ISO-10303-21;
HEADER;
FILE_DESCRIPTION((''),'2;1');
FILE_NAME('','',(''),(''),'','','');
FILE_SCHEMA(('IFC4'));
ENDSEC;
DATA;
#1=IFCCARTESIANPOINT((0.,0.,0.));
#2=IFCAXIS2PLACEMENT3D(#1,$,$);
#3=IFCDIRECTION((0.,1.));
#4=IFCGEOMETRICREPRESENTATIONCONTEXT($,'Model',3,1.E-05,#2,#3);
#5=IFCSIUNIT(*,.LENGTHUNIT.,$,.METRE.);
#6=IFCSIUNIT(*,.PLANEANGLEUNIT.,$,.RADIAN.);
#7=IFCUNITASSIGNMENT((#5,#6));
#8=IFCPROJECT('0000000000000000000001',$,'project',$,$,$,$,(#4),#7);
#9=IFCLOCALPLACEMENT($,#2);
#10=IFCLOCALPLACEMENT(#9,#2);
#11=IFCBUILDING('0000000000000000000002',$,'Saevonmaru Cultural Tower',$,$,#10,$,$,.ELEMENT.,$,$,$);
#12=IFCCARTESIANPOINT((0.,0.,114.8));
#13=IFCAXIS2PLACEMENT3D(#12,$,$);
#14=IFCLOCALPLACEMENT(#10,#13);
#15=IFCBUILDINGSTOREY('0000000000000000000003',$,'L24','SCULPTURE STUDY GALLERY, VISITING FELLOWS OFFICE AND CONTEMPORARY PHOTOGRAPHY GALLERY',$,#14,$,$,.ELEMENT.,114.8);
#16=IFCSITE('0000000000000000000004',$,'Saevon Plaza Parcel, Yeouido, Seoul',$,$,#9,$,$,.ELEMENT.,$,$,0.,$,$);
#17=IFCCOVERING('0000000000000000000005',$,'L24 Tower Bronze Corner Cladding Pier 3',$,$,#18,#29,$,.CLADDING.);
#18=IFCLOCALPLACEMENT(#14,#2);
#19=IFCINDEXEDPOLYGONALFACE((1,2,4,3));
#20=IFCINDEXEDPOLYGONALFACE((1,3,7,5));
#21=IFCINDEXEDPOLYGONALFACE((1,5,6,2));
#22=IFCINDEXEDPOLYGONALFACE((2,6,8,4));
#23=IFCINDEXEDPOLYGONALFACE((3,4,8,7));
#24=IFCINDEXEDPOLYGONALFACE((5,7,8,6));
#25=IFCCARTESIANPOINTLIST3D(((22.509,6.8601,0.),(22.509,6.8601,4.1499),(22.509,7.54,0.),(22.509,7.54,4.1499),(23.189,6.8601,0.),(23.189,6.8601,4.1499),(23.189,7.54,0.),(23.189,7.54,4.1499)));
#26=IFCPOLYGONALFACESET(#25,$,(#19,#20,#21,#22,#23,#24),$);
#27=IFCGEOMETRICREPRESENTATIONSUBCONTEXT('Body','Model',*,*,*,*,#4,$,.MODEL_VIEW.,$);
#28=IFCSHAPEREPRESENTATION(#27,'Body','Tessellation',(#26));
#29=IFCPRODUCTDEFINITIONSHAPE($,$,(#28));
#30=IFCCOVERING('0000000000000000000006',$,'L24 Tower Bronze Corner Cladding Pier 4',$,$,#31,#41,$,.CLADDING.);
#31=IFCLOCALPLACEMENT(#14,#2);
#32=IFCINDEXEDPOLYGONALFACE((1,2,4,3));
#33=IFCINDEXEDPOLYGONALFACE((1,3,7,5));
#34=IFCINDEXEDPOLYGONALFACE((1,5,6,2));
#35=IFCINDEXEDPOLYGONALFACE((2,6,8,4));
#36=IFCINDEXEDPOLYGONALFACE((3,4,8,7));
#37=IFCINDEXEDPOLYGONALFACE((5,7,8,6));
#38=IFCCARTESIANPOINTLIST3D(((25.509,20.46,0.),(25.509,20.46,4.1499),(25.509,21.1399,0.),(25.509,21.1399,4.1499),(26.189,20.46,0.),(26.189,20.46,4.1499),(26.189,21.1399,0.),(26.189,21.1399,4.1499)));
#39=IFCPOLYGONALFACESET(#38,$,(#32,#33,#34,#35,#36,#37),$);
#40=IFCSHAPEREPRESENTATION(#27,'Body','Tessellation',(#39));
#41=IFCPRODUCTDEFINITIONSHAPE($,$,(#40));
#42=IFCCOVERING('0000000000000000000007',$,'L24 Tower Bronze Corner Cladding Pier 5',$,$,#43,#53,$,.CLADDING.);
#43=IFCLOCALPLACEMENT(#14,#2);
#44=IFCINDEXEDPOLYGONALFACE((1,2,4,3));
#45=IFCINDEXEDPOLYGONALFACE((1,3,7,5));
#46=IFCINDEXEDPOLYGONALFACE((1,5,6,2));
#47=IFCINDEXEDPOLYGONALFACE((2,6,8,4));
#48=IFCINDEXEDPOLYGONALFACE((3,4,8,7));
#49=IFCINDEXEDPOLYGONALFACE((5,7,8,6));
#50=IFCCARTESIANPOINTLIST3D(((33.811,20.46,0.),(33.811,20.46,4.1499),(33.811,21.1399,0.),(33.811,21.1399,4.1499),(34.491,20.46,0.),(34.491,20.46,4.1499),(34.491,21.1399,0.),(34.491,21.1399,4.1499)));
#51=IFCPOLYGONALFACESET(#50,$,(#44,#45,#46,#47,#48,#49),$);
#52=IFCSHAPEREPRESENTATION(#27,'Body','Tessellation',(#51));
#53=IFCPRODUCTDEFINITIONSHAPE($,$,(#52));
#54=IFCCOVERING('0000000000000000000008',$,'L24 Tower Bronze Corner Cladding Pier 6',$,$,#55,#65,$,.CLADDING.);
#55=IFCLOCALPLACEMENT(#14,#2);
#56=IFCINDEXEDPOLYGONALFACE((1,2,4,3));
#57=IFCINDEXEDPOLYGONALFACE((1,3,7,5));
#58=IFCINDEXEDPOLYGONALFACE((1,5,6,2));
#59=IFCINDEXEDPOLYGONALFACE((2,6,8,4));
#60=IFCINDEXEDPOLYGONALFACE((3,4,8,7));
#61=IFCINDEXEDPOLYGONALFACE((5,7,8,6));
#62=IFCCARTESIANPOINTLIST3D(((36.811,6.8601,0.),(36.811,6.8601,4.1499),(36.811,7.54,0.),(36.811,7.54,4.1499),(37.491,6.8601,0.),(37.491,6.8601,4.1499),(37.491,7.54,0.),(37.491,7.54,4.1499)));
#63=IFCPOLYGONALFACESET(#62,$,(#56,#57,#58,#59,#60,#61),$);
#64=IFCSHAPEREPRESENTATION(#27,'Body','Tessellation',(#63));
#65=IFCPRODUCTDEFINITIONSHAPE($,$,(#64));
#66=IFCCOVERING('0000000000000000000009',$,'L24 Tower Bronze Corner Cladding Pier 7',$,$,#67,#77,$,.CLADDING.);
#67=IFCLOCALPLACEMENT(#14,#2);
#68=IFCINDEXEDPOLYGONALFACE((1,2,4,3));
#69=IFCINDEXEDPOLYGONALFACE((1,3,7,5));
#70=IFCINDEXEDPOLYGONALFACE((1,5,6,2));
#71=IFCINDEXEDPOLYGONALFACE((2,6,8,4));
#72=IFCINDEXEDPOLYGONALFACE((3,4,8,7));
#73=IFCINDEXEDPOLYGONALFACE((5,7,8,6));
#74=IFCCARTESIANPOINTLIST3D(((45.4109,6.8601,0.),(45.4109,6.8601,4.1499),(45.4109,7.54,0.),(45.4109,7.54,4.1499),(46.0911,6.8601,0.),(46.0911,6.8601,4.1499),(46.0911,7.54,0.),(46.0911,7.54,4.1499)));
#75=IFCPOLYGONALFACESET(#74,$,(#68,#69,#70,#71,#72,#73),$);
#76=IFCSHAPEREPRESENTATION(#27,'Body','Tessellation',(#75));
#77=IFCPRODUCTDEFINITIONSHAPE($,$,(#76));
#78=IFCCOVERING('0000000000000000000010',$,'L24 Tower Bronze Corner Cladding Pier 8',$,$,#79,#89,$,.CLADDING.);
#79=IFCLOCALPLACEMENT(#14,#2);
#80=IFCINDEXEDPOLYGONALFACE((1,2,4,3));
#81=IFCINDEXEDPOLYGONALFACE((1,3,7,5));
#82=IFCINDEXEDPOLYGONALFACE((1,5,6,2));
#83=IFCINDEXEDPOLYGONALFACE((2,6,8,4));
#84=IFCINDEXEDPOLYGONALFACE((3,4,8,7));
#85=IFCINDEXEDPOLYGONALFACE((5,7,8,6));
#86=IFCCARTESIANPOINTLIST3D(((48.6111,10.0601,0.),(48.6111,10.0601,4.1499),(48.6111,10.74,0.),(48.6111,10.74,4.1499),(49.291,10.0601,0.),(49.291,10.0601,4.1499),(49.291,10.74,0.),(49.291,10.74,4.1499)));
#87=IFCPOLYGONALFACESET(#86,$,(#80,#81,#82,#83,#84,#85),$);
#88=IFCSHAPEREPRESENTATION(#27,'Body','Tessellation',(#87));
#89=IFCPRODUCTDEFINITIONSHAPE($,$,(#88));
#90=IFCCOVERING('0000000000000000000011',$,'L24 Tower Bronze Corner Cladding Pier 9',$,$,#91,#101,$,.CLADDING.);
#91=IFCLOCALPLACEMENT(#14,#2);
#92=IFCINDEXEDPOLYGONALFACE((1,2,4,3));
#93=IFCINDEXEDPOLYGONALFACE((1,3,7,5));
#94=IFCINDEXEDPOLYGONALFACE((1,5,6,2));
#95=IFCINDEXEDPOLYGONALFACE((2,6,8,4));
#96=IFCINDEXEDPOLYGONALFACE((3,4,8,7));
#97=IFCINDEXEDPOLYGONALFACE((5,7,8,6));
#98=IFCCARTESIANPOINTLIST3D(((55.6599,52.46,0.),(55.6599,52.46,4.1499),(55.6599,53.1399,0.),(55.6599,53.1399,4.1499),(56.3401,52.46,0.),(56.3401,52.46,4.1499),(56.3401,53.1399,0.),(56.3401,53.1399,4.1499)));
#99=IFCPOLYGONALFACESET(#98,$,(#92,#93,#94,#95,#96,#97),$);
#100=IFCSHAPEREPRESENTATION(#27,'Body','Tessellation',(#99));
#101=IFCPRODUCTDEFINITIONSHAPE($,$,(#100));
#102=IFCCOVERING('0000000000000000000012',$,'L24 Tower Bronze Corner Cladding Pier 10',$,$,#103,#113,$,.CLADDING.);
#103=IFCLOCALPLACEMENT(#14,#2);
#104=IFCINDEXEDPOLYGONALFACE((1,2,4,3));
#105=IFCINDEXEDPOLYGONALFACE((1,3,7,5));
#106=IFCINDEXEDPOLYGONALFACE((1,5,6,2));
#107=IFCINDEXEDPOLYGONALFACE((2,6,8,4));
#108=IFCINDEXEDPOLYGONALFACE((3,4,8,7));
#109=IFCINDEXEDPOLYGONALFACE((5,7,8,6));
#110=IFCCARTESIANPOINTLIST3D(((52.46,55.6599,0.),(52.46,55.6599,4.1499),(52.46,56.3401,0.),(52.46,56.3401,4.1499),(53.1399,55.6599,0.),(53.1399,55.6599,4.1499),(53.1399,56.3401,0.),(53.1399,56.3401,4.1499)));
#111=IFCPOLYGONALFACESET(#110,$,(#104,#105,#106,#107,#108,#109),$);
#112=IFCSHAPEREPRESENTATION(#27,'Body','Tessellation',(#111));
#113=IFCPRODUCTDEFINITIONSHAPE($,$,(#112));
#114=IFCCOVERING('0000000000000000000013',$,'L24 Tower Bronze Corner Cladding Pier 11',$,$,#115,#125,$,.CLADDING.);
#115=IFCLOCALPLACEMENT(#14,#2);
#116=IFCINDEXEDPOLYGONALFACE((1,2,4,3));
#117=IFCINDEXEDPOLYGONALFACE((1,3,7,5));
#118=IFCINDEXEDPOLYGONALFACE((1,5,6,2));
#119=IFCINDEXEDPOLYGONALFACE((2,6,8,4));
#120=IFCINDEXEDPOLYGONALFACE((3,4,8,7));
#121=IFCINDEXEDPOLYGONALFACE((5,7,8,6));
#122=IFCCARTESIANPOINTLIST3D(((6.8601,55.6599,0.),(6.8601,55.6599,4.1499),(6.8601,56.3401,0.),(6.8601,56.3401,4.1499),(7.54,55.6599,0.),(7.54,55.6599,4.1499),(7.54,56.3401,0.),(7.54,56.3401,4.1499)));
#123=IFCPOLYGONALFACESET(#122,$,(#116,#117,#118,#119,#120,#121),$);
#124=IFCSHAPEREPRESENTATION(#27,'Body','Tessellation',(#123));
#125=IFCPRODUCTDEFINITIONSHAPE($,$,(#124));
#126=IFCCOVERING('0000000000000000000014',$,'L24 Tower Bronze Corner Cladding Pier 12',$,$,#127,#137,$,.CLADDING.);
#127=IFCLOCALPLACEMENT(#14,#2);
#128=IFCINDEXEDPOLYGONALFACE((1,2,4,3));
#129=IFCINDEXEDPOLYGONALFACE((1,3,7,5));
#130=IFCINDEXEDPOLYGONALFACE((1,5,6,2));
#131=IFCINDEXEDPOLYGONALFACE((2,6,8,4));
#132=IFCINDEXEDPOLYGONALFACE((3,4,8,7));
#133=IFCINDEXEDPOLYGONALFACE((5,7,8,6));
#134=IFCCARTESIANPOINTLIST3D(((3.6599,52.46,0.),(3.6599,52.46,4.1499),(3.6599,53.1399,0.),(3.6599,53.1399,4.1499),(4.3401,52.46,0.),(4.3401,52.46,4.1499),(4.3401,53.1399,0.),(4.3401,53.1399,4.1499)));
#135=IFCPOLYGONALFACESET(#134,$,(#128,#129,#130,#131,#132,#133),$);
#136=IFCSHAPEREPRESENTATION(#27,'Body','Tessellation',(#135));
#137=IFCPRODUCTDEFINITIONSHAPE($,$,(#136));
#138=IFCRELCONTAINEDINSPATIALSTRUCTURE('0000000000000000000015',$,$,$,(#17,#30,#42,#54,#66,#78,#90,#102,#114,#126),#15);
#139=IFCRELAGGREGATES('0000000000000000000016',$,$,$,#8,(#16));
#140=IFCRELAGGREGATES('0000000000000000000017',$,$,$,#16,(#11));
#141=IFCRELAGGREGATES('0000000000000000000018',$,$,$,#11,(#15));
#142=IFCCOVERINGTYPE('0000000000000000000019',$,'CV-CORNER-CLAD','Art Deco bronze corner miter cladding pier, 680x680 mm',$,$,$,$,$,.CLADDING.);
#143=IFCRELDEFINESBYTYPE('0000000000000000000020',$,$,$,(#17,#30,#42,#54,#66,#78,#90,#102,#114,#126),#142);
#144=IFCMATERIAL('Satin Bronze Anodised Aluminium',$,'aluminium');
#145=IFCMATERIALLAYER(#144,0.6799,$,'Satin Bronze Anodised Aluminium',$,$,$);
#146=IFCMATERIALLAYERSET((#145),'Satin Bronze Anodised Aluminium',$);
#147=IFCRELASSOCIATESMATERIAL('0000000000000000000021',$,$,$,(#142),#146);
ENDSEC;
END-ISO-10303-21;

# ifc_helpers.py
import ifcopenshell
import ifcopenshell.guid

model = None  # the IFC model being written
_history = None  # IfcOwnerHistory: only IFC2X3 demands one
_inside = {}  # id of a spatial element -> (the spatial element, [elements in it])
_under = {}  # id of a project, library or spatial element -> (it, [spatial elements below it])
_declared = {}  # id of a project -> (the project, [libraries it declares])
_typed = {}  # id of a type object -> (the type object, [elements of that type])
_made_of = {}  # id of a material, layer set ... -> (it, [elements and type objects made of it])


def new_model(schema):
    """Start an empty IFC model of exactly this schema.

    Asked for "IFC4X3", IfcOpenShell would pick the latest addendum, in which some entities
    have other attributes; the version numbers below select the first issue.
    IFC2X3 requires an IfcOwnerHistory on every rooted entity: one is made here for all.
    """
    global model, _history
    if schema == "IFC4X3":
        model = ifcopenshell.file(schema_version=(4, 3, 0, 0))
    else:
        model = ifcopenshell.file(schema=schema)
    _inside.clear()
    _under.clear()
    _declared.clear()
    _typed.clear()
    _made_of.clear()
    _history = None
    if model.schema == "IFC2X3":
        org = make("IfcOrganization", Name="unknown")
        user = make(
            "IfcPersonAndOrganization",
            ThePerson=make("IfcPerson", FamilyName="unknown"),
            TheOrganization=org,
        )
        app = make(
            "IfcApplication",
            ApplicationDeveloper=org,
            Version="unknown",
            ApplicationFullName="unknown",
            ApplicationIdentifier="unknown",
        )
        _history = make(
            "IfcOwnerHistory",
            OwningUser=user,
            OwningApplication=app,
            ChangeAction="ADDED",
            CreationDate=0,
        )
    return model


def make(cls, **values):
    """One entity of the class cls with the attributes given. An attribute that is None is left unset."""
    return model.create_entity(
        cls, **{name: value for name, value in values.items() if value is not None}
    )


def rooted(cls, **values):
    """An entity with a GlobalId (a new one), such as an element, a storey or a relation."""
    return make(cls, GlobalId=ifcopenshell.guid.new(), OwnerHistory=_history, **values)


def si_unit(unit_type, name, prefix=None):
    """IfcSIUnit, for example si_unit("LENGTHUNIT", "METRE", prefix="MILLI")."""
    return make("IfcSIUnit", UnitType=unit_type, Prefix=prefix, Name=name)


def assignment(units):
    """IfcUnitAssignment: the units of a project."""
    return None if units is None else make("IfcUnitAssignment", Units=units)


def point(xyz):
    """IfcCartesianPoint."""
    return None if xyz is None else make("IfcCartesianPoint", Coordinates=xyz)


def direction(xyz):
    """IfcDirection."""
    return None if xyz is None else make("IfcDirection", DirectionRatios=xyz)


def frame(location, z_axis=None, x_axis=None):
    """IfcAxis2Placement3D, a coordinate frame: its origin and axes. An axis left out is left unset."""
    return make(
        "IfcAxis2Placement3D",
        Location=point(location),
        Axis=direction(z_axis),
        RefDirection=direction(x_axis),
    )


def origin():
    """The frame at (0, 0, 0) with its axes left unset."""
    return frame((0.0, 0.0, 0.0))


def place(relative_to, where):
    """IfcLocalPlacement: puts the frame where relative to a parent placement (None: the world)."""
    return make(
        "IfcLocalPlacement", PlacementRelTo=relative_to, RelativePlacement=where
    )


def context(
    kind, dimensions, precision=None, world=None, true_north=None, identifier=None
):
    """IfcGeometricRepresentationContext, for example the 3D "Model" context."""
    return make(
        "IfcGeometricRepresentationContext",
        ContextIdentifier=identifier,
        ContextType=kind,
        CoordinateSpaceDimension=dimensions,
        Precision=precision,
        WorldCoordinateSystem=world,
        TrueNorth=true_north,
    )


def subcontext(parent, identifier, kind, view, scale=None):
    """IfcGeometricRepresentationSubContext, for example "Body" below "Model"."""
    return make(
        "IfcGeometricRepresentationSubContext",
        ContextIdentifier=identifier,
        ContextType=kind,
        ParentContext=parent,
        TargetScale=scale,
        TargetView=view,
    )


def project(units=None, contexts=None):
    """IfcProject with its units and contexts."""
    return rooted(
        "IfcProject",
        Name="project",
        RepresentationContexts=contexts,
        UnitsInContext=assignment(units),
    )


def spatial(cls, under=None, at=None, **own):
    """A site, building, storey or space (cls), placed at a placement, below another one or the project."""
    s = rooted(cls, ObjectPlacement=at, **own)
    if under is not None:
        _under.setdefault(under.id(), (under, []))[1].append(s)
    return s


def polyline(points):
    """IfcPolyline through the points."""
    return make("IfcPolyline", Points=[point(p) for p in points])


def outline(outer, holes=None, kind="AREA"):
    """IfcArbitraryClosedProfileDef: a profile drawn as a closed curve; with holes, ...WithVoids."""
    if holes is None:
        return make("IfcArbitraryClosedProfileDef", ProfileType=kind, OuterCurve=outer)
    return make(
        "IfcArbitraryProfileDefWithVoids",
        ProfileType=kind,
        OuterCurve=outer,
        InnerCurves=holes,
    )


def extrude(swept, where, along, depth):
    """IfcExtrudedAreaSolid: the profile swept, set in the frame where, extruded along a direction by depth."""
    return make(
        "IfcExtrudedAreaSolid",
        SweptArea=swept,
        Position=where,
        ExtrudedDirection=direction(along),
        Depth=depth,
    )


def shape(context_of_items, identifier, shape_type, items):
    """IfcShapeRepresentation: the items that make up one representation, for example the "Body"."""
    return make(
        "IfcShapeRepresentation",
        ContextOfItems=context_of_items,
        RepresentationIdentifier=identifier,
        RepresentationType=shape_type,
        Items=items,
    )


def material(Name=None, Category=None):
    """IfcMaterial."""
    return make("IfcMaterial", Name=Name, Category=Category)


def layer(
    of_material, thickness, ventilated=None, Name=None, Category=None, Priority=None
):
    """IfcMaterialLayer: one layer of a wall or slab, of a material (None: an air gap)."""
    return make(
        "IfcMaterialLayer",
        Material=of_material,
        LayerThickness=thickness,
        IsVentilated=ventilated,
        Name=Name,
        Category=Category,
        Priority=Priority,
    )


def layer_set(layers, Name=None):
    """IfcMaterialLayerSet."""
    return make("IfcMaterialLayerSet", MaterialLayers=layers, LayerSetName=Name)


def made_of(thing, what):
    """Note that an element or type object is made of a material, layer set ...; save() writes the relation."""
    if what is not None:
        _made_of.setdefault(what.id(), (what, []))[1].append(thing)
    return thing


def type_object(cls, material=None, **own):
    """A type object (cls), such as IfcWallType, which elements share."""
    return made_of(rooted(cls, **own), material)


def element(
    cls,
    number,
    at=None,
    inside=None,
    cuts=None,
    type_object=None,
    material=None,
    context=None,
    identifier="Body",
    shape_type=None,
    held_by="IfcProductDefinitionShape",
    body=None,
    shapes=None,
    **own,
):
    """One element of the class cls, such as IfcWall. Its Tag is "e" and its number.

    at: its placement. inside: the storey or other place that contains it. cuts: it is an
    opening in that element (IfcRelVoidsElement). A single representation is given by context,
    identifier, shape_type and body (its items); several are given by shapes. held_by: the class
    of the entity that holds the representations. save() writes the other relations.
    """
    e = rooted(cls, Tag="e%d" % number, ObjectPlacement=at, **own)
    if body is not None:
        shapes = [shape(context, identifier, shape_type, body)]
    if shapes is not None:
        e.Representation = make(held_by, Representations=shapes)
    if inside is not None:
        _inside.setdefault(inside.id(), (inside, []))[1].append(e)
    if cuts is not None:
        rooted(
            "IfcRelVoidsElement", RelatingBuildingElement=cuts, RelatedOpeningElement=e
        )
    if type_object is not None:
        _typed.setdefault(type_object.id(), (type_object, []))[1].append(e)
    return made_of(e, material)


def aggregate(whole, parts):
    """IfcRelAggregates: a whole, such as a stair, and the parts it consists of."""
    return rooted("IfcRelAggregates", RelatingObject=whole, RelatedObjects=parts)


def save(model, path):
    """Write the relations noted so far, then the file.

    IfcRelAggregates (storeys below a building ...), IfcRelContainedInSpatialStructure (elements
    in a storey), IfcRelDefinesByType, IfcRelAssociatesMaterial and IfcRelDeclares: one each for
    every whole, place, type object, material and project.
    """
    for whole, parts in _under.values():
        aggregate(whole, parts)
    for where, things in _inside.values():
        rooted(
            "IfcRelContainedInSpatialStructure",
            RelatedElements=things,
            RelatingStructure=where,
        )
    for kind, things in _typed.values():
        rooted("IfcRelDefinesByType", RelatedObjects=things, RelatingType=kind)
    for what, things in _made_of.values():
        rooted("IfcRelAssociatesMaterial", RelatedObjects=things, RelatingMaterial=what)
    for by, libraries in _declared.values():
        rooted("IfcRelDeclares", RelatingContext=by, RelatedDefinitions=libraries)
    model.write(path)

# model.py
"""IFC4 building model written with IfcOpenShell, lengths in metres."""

from ifc_helpers import new_model, si_unit, direction, frame, origin, place, context, subcontext, project, spatial, polyline, outline, extrude, material, layer, layer_set, type_object, element, save


model = new_model("IFC4")

# Units and contexts
model_context = context("Model", 3, precision=1e-05, world=origin(), true_north=direction((0.0, 1.0)))
body_context = subcontext(model_context, "Body", "Model", "MODEL_VIEW")
ifc_project = project(units=[si_unit("LENGTHUNIT", "METRE"), si_unit("PLANEANGLEUNIT", "RADIAN")], contexts=[model_context])

# Site, building, storey
site_placement = place(None, origin())
site = spatial("IfcSite", under=ifc_project, at=site_placement, Name="Saevon Plaza Parcel, Yeouido, Seoul", CompositionType="ELEMENT", RefElevation=0.0)
building_placement = place(site_placement, origin())
building = spatial("IfcBuilding", under=site, at=building_placement, Name="Saevonmaru Cultural Tower", CompositionType="ELEMENT")
storey_placement = place(building_placement, frame((0.0, 0.0, 114.8)))
storey = spatial("IfcBuildingStorey", under=building, at=storey_placement, Name="L24", Description="SCULPTURE STUDY GALLERY, VISITING FELLOWS OFFICE AND CONTEMPORARY PHOTOGRAPHY GALLERY", CompositionType="ELEMENT", Elevation=114.8)

# Shared definitions
ifc_material_1 = material(Name="Satin Bronze Anodised Aluminium", Category="aluminium")

# Coverings
ifc_layer_1 = layer(ifc_material_1, 0.6799, Name="Satin Bronze Anodised Aluminium")
ifc_layer_set_1 = layer_set([ifc_layer_1], Name="Satin Bronze Anodised Aluminium")
covering_type = type_object("IfcCoveringType", Name="CV-CORNER-CLAD", Description="Art Deco bronze corner miter cladding pier, 680x680 mm", PredefinedType="CLADDING", material=ifc_layer_set_1)
covering_1_placement = place(storey_placement, origin())
element("IfcCovering", 1, at=covering_1_placement, inside=storey, type_object=covering_type, Name="L24 Tower Bronze Corner Cladding Pier 3", PredefinedType="CLADDING", context=body_context, shape_type="SweptSolid", body=[
    extrude(outline(polyline([(22.509, 6.8601), (23.189, 6.8601), (23.189, 7.54), (22.509, 7.54), (22.509, 6.8601)])), origin(), (0.0, 0.0, 1.0), 4.1499),
])
covering_2_placement = place(storey_placement, origin())
element("IfcCovering", 2, at=covering_2_placement, inside=storey, type_object=covering_type, Name="L24 Tower Bronze Corner Cladding Pier 4", PredefinedType="CLADDING", context=body_context, shape_type="SweptSolid", body=[
    extrude(outline(polyline([(25.509, 20.46), (26.189, 20.46), (26.189, 21.1399), (25.509, 21.1399), (25.509, 20.46)])), origin(), (0.0, 0.0, 1.0), 4.1499),
])
covering_3_placement = place(storey_placement, origin())
element("IfcCovering", 3, at=covering_3_placement, inside=storey, type_object=covering_type, Name="L24 Tower Bronze Corner Cladding Pier 5", PredefinedType="CLADDING", context=body_context, shape_type="SweptSolid", body=[
    extrude(outline(polyline([(33.811, 20.46), (34.491, 20.46), (34.491, 21.1399), (33.811, 21.1399), (33.811, 20.46)])), origin(), (0.0, 0.0, 1.0), 4.1499),
])
covering_4_placement = place(storey_placement, origin())
element("IfcCovering", 4, at=covering_4_placement, inside=storey, type_object=covering_type, Name="L24 Tower Bronze Corner Cladding Pier 6", PredefinedType="CLADDING", context=body_context, shape_type="SweptSolid", body=[
    extrude(outline(polyline([(36.811, 6.8601), (37.491, 6.8601), (37.491, 7.54), (36.811, 7.54), (36.811, 6.8601)])), origin(), (0.0, 0.0, 1.0), 4.1499),
])
covering_5_placement = place(storey_placement, origin())
element("IfcCovering", 5, at=covering_5_placement, inside=storey, type_object=covering_type, Name="L24 Tower Bronze Corner Cladding Pier 7", PredefinedType="CLADDING", context=body_context, shape_type="SweptSolid", body=[
    extrude(outline(polyline([(45.4109, 6.8601), (46.0911, 6.8601), (46.0911, 7.54), (45.4109, 7.54), (45.4109, 6.8601)])), origin(), (0.0, 0.0, 1.0), 4.1499),
])
covering_6_placement = place(storey_placement, origin())
element("IfcCovering", 6, at=covering_6_placement, inside=storey, type_object=covering_type, Name="L24 Tower Bronze Corner Cladding Pier 8", PredefinedType="CLADDING", context=body_context, shape_type="SweptSolid", body=[
    extrude(outline(polyline([(48.6111, 10.0601), (49.291, 10.0601), (49.291, 10.74), (48.6111, 10.74), (48.6111, 10.0601)])), origin(), (0.0, 0.0, 1.0), 4.1499),
])
covering_7_placement = place(storey_placement, origin())
element("IfcCovering", 7, at=covering_7_placement, inside=storey, type_object=covering_type, Name="L24 Tower Bronze Corner Cladding Pier 9", PredefinedType="CLADDING", context=body_context, shape_type="SweptSolid", body=[
    extrude(outline(polyline([(55.6599, 52.46), (56.3401, 52.46), (56.3401, 53.1399), (55.6599, 53.1399), (55.6599, 52.46)])), origin(), (0.0, 0.0, 1.0), 4.1499),
])
covering_8_placement = place(storey_placement, origin())
element("IfcCovering", 8, at=covering_8_placement, inside=storey, type_object=covering_type, Name="L24 Tower Bronze Corner Cladding Pier 10", PredefinedType="CLADDING", context=body_context, shape_type="SweptSolid", body=[
    extrude(outline(polyline([(52.46, 55.6599), (53.1399, 55.6599), (53.1399, 56.3401), (52.46, 56.3401), (52.46, 55.6599)])), origin(), (0.0, 0.0, 1.0), 4.1499),
])
covering_9_placement = place(storey_placement, origin())
element("IfcCovering", 9, at=covering_9_placement, inside=storey, type_object=covering_type, Name="L24 Tower Bronze Corner Cladding Pier 11", PredefinedType="CLADDING", context=body_context, shape_type="SweptSolid", body=[
    extrude(outline(polyline([(6.8601, 55.6599), (7.54, 55.6599), (7.54, 56.3401), (6.8601, 56.3401), (6.8601, 55.6599)])), origin(), (0.0, 0.0, 1.0), 4.1499),
])
covering_10_placement = place(storey_placement, origin())
element("IfcCovering", 10, at=covering_10_placement, inside=storey, type_object=covering_type, Name="L24 Tower Bronze Corner Cladding Pier 12", PredefinedType="CLADDING", context=body_context, shape_type="SweptSolid", body=[
    extrude(outline(polyline([(3.6599, 52.46), (4.3401, 52.46), (4.3401, 53.1399), (3.6599, 53.1399), (3.6599, 52.46)])), origin(), (0.0, 0.0, 1.0), 4.1499),
])

save(model, "model.ifc")
